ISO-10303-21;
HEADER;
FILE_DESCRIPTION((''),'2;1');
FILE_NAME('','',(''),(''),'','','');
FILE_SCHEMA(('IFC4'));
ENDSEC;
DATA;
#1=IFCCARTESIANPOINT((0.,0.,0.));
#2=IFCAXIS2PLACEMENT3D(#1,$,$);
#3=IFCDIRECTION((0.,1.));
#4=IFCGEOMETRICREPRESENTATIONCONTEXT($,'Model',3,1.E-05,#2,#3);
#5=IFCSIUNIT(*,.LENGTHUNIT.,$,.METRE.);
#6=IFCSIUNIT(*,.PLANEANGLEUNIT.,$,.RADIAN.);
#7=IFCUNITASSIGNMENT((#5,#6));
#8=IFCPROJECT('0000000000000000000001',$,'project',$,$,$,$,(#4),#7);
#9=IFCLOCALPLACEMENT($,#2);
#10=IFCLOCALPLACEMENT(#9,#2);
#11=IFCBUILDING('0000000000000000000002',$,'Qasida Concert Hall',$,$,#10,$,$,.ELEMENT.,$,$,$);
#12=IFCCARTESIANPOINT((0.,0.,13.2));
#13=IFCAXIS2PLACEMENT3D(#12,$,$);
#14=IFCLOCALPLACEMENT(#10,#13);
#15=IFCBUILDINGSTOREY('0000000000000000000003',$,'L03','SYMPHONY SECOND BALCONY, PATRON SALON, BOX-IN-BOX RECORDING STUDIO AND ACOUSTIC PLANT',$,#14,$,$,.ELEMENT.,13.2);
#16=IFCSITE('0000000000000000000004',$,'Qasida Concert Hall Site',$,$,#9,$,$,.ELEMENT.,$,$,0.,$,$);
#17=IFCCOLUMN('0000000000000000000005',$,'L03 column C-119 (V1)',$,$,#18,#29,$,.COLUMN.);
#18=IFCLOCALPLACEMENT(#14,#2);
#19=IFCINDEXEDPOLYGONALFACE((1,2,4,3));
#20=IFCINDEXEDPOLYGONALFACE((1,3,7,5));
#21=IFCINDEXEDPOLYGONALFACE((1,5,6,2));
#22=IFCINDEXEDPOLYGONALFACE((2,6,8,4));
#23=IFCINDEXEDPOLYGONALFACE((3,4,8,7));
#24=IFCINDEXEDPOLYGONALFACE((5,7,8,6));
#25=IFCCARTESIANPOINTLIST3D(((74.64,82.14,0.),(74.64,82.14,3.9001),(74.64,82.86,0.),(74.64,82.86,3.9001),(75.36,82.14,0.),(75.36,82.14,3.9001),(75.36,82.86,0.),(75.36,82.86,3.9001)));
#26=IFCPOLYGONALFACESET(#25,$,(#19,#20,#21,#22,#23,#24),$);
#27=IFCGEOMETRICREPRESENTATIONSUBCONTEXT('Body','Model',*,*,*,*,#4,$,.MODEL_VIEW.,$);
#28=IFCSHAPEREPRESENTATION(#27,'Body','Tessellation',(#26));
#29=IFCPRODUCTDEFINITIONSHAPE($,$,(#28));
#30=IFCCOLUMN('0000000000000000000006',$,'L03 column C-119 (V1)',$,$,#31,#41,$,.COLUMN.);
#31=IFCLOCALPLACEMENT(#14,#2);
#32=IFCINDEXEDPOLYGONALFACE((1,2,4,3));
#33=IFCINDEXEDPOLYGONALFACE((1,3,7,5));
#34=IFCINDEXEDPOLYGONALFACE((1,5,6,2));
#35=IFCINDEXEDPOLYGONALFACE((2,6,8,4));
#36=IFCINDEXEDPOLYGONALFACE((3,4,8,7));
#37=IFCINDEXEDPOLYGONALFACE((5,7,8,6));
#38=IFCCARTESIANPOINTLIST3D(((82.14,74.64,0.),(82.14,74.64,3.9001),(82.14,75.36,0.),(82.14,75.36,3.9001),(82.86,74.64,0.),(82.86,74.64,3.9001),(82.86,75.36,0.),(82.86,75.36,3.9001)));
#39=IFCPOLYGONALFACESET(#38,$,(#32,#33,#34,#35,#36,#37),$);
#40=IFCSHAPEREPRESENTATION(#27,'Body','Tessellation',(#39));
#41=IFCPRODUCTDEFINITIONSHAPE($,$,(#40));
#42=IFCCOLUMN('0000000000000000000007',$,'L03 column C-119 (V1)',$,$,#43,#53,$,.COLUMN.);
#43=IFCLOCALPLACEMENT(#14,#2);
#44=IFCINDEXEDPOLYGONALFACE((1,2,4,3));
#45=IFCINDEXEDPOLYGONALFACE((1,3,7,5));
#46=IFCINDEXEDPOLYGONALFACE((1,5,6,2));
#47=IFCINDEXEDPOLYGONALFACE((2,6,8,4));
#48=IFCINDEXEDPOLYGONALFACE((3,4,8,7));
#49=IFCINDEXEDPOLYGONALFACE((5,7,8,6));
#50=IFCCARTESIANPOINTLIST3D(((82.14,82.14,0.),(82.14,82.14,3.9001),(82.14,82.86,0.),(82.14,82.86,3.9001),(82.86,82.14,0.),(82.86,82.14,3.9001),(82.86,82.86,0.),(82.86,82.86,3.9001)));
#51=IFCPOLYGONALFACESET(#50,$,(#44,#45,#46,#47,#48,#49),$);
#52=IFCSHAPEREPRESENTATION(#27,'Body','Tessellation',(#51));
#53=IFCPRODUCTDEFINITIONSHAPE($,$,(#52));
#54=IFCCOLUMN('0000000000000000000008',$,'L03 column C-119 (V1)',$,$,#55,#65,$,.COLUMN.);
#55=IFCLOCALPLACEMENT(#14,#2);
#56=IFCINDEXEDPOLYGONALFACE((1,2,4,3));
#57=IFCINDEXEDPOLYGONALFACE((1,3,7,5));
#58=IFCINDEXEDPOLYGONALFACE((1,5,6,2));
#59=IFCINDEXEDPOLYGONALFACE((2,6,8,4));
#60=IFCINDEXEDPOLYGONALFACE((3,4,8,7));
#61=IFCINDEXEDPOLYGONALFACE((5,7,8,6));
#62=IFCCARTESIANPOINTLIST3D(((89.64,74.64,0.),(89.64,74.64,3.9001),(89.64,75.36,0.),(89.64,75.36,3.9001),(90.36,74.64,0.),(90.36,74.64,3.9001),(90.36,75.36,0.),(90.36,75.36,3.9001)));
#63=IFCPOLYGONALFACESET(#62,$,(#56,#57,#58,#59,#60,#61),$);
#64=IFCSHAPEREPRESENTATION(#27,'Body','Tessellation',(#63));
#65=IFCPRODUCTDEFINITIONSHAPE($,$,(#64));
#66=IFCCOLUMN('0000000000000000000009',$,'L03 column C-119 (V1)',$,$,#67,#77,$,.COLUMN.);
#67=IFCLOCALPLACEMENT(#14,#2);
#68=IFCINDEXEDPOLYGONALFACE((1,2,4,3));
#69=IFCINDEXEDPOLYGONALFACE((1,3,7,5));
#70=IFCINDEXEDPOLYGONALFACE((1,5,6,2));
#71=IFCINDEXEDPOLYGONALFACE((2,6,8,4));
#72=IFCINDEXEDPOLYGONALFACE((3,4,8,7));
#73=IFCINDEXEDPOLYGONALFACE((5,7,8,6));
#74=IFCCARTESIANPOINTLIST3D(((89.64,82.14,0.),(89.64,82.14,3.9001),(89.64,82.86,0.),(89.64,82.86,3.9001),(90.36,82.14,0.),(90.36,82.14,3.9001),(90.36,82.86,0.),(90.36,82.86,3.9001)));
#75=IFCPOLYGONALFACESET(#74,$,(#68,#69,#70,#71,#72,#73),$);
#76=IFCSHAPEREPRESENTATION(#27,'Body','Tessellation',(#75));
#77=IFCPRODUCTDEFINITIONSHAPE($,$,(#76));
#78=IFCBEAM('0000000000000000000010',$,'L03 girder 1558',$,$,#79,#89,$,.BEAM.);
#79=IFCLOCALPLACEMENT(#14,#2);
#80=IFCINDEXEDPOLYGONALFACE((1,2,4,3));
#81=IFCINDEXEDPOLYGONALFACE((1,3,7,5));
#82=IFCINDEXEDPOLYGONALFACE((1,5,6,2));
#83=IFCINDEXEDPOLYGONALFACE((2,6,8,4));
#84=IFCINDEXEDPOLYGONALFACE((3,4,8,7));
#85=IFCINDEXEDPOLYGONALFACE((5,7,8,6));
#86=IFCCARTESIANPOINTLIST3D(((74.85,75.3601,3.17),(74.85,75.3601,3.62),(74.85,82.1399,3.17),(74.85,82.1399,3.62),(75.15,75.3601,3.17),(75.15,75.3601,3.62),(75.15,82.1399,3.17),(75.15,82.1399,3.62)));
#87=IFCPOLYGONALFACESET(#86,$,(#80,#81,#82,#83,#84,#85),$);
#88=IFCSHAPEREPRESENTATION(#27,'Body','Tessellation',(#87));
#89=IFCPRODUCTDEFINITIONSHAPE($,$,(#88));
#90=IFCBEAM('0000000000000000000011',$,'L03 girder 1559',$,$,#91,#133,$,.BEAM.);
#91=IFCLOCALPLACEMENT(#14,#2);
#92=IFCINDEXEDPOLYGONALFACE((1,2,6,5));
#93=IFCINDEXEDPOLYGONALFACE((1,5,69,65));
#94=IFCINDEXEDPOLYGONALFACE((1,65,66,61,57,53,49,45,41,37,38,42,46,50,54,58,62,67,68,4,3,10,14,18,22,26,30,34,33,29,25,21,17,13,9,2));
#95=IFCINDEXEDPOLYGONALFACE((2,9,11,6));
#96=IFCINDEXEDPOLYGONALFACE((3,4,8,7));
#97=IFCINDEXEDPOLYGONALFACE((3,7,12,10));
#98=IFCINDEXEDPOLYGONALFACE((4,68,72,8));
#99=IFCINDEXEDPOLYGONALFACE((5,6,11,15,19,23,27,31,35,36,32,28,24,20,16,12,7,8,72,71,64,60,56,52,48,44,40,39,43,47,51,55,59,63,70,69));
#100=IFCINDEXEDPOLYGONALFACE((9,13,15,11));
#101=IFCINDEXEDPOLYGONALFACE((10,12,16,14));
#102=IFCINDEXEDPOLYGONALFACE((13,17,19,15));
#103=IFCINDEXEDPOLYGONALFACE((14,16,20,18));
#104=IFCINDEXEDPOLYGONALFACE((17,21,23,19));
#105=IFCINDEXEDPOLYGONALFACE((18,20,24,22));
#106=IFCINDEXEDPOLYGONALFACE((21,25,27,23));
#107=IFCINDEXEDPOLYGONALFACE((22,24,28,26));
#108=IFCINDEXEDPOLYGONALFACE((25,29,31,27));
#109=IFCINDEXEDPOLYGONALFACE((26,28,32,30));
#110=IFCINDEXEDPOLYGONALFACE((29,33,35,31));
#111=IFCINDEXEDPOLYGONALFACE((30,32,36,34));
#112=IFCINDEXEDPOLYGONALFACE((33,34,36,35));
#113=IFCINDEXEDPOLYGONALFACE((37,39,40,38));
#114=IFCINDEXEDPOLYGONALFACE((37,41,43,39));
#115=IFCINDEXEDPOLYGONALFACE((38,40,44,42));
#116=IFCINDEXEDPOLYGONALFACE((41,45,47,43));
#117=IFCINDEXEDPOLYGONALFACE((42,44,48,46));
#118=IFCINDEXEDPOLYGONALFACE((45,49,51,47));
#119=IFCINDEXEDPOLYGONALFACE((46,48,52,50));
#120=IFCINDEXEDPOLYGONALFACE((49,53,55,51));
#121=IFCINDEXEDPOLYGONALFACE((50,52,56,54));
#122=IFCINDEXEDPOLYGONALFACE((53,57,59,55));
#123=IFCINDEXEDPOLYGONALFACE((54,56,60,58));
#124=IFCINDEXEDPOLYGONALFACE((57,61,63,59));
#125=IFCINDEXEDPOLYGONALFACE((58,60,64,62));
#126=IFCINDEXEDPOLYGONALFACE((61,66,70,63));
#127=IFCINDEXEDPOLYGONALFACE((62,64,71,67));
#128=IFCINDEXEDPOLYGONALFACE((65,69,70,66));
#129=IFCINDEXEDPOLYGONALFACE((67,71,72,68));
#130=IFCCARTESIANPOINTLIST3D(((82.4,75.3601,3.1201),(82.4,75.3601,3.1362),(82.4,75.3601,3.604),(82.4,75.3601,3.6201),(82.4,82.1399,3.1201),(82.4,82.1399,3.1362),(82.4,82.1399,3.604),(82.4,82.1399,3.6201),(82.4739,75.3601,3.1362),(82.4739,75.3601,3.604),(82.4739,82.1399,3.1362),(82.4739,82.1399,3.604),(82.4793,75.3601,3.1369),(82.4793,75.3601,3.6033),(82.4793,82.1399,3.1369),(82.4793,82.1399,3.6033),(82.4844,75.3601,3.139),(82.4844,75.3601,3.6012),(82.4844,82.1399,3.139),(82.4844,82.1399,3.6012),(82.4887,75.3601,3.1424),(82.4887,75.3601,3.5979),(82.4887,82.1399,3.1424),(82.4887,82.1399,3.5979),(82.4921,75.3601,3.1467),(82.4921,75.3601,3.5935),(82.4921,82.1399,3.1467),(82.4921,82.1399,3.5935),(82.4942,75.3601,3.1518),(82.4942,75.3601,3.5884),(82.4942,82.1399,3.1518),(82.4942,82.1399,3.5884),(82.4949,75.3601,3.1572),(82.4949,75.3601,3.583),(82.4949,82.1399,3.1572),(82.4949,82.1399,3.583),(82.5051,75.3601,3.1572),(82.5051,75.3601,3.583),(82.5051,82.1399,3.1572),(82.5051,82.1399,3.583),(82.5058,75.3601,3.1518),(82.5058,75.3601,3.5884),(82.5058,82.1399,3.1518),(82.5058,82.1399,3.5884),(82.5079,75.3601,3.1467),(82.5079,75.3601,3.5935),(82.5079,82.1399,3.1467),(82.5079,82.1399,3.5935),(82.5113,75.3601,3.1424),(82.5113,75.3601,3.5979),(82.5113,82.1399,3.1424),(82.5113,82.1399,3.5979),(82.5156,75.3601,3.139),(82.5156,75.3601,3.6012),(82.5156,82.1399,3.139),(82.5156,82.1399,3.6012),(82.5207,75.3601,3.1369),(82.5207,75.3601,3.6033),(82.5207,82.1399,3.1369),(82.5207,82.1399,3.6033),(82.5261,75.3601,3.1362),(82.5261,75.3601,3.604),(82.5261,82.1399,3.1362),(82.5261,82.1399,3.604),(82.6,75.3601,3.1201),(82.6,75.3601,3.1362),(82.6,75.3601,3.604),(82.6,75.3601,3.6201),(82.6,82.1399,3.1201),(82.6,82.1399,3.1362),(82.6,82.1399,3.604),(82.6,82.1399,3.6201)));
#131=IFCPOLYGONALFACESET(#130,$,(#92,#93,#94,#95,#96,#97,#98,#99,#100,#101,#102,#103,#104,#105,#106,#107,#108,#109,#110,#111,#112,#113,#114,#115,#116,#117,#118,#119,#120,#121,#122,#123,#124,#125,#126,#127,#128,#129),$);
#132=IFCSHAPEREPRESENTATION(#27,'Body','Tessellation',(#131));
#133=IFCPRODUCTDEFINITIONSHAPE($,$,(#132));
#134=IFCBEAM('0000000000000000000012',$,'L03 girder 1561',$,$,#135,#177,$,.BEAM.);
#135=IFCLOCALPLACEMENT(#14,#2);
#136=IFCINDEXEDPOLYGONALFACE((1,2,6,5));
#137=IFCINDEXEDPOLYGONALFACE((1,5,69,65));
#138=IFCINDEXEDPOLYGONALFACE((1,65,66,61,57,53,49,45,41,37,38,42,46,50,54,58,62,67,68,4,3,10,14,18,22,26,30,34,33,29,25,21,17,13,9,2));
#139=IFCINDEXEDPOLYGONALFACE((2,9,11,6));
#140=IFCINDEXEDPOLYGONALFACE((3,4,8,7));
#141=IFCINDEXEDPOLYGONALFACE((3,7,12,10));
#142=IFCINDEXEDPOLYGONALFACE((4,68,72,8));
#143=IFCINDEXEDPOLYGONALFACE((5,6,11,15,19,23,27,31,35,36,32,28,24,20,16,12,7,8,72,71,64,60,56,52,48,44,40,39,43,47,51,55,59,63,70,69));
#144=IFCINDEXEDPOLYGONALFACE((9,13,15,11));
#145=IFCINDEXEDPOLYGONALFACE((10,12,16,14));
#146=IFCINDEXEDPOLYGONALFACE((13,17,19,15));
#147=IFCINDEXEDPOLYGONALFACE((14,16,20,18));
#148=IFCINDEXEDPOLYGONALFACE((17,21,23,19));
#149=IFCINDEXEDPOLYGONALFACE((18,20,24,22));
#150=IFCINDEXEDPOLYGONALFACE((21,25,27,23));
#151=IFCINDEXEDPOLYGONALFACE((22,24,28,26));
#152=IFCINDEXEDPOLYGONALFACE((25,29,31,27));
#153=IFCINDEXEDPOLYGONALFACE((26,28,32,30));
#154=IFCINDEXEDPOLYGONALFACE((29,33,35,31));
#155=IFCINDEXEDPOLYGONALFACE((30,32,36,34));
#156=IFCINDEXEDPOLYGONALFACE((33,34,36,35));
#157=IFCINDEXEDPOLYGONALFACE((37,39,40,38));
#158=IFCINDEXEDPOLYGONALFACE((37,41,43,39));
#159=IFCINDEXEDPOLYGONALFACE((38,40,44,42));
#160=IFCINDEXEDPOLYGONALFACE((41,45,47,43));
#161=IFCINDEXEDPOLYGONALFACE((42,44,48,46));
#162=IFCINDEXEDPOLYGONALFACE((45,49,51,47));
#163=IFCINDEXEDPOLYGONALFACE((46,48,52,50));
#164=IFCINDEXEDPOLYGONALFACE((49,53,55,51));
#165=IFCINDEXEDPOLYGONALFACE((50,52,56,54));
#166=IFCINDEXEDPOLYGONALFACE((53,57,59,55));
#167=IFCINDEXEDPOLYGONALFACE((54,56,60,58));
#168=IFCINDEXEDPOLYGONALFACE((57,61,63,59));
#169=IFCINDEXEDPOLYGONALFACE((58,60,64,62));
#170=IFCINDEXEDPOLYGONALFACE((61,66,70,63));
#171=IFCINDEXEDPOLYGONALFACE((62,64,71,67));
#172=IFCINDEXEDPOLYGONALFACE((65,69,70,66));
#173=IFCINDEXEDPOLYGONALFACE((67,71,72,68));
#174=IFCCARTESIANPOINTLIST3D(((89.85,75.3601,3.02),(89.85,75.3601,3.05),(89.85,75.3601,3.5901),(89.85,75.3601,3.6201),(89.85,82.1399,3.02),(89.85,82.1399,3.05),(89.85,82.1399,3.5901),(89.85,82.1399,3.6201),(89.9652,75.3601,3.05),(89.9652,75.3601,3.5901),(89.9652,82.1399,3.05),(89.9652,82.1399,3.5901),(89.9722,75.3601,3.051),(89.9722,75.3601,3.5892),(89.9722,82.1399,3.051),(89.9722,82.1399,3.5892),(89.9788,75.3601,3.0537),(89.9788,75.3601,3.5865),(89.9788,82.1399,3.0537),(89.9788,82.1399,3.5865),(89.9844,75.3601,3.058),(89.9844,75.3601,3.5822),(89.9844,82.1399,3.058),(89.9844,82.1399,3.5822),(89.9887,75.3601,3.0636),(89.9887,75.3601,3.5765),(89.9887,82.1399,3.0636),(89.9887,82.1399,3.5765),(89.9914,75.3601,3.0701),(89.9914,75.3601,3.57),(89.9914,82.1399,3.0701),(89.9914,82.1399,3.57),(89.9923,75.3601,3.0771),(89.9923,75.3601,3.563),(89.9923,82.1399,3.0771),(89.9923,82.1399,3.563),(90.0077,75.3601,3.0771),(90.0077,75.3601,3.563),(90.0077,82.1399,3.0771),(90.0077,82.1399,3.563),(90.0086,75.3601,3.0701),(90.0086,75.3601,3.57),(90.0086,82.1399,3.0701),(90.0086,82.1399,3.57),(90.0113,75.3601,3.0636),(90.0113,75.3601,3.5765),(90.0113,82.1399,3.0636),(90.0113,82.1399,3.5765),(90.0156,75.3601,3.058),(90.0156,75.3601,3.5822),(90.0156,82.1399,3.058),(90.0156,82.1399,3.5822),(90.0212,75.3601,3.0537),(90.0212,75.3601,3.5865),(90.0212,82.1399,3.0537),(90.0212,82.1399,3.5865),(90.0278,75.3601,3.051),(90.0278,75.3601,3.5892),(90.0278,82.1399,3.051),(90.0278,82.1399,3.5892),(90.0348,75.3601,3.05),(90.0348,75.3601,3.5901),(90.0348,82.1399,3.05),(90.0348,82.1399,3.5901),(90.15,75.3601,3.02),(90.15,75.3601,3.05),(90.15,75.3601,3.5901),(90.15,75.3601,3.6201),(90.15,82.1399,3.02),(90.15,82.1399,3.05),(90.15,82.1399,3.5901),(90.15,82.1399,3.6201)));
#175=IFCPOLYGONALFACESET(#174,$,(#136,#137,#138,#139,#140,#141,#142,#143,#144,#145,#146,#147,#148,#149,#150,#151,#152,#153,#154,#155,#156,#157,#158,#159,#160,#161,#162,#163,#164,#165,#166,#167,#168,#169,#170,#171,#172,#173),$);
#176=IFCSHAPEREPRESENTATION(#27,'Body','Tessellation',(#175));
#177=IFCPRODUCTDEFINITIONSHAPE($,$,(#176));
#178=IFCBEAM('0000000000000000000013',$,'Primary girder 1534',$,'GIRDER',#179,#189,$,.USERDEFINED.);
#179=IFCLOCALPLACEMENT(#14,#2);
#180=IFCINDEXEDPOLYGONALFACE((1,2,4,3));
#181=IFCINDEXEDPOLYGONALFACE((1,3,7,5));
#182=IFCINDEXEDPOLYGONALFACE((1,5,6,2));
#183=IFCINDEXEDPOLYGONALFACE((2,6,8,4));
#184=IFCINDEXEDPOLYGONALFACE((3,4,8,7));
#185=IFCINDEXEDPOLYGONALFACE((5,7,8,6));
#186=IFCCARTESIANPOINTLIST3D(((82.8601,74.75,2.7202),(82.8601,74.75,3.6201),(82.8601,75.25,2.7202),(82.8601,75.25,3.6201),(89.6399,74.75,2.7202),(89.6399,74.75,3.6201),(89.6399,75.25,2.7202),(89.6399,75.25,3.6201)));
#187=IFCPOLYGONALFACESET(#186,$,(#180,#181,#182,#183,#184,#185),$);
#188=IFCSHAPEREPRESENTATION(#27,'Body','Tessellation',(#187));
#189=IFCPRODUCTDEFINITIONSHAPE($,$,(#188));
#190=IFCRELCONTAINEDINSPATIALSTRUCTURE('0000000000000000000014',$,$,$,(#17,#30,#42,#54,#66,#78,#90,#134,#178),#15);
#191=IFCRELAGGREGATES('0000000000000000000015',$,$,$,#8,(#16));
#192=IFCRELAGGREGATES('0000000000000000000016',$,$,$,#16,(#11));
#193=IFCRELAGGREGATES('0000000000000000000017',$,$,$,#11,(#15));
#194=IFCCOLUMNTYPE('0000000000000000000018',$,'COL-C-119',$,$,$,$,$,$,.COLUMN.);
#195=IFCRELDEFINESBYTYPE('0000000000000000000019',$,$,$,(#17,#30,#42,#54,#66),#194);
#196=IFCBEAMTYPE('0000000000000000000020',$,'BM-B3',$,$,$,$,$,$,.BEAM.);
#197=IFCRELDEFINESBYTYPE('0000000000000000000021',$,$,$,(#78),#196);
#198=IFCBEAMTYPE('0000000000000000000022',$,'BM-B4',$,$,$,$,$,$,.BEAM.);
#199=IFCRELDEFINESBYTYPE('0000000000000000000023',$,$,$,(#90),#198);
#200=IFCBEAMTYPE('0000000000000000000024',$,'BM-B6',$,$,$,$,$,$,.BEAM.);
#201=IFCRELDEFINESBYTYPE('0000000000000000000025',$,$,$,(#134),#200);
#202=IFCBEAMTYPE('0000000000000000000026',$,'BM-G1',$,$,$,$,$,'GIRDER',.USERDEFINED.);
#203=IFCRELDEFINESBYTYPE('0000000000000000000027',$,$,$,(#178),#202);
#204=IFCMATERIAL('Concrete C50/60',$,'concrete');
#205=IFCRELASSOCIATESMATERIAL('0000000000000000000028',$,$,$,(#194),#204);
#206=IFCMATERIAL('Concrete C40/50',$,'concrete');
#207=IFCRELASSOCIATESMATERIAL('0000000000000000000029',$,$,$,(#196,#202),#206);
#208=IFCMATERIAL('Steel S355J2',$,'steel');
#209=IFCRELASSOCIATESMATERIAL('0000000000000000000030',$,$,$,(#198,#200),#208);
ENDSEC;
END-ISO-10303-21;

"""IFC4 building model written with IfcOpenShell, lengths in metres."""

from ifc_helpers import new_model, si_unit, direction, frame, origin, origin_2d, place, context, subcontext, project, spatial, rectangle, i_section, extrude, material, material_profile, profile_set, type_object, element, save


model = new_model("IFC4")

# Units and contexts
model_context = context("Model", 3, precision=1e-05, world=origin(), true_north=direction((0.0, 1.0)))
body_context = subcontext(model_context, "Body", "Model", "MODEL_VIEW")
ifc_project = project(units=[si_unit("LENGTHUNIT", "METRE"), si_unit("PLANEANGLEUNIT", "RADIAN")], contexts=[model_context])

# Site, building, storey
site_placement = place(None, origin())
site = spatial("IfcSite", under=ifc_project, at=site_placement, Name="Qasida Concert Hall Site", CompositionType="ELEMENT", RefElevation=0.0)
building_placement = place(site_placement, origin())
building = spatial("IfcBuilding", under=site, at=building_placement, Name="Qasida Concert Hall", CompositionType="ELEMENT")
storey_placement = place(building_placement, frame((0.0, 0.0, 13.2)))
storey = spatial("IfcBuildingStorey", under=building, at=storey_placement, Name="L03", Description="SYMPHONY SECOND BALCONY, PATRON SALON, BOX-IN-BOX RECORDING STUDIO AND ACOUSTIC PLANT", CompositionType="ELEMENT", Elevation=13.2)

# Columns
ifc_material_1 = material(Name="Concrete C50/60", Category="concrete")
ifc_material_profile_1 = material_profile(ifc_material_1, rectangle(XDim=0.72, YDim=0.72, at=origin_2d()), Name="RC 720x720")
ifc_profile_set_1 = profile_set([ifc_material_profile_1], Name="Concrete C50/60")
column_type = type_object("IfcColumnType", Name="COL-C-119", PredefinedType="COLUMN", material=ifc_profile_set_1)
for number, where, z_axis, x_axis, name in (
    (1, (75.0, 82.5, 0.0), (0.0, 0.0, 1.0), (1.0, 0.0, 0.0), "L03 column C-119 (V1)"),
    (2, (82.5, 75.0, 0.0), (0.0, 0.0, 1.0), (1.0, 0.0, 0.0), "L03 column C-119 (V1)"),
    (3, (82.5, 82.5, 0.0), (0.0, 0.0, 1.0), (1.0, 0.0, 0.0), "L03 column C-119 (V1)"),
    (4, (90.0, 75.0, 0.0), (0.0, 0.0, 1.0), (1.0, 0.0, 0.0), "L03 column C-119 (V1)"),
    (5, (90.0, 82.5, 0.0), (0.0, 0.0, 1.0), (1.0, 0.0, 0.0), "L03 column C-119 (V1)"),
):
    element("IfcColumn", number, at=place(storey_placement, frame(where, z_axis=z_axis, x_axis=x_axis)), inside=storey, type_object=column_type, Name=name, PredefinedType="COLUMN", context=body_context, shape_type="SweptSolid", body=[
        extrude(rectangle(XDim=0.72, YDim=0.72, at=origin_2d()), origin(), (0.0, 0.0, 1.0), 3.9001),
    ])

# Beams
ifc_material_2 = material(Name="Concrete C40/50", Category="concrete")
ifc_material_profile_2 = material_profile(ifc_material_2, rectangle(XDim=0.3, YDim=0.45, at=origin_2d()), Name="RC 300x450")
ifc_profile_set_2 = profile_set([ifc_material_profile_2], Name="Concrete C40/50")
beam_type_1 = type_object("IfcBeamType", Name="BM-B3", PredefinedType="BEAM", material=ifc_profile_set_2)
beam_1_placement = place(storey_placement, frame((75.0, 75.3601, 3.395), z_axis=(0.0, 1.0, 0.0), x_axis=(-1.0, 0.0, 0.0)))
element("IfcBeam", 6, at=beam_1_placement, inside=storey, type_object=beam_type_1, Name="L03 girder 1558", PredefinedType="BEAM", context=body_context, shape_type="SweptSolid", body=[
    extrude(rectangle(XDim=0.3, YDim=0.45, at=origin_2d()), origin(), (0.0, 0.0, 1.0), 6.7798),
])
ifc_material_3 = material(Name="Steel S355J2", Category="steel")
ifc_material_profile_3 = material_profile(ifc_material_3, i_section(OverallWidth=0.2, OverallDepth=0.5, WebThickness=0.0103, FlangeThickness=0.0161, FilletRadius=0.021, at=origin_2d()), Name="IPE 500")
ifc_profile_set_3 = profile_set([ifc_material_profile_3], Name="Steel S355J2")
beam_type_2 = type_object("IfcBeamType", Name="BM-B4", PredefinedType="BEAM", material=ifc_profile_set_3)
beam_2_placement = place(storey_placement, frame((82.5, 75.3601, 3.3701), z_axis=(0.0, 1.0, 0.0), x_axis=(-1.0, 0.0, 0.0)))
element("IfcBeam", 7, at=beam_2_placement, inside=storey, type_object=beam_type_2, Name="L03 girder 1559", PredefinedType="BEAM", context=body_context, shape_type="SweptSolid", body=[
    extrude(i_section(OverallWidth=0.2, OverallDepth=0.5, WebThickness=0.0103, FlangeThickness=0.0161, FilletRadius=0.021, at=origin_2d()), origin(), (0.0, 0.0, 1.0), 6.7798),
])
ifc_material_profile_4 = material_profile(ifc_material_3, i_section(OverallWidth=0.3, OverallDepth=0.6001, WebThickness=0.0154, FlangeThickness=0.03, FilletRadius=0.0271, at=origin_2d()), Name="HEB 600")
ifc_profile_set_4 = profile_set([ifc_material_profile_4], Name="Steel S355J2")
beam_type_3 = type_object("IfcBeamType", Name="BM-B6", PredefinedType="BEAM", material=ifc_profile_set_4)
beam_3_placement = place(storey_placement, frame((90.0, 75.3601, 3.3201), z_axis=(0.0, 1.0, 0.0), x_axis=(-1.0, 0.0, 0.0)))
element("IfcBeam", 8, at=beam_3_placement, inside=storey, type_object=beam_type_3, Name="L03 girder 1561", PredefinedType="BEAM", context=body_context, shape_type="SweptSolid", body=[
    extrude(i_section(OverallWidth=0.3, OverallDepth=0.6001, WebThickness=0.0154, FlangeThickness=0.03, FilletRadius=0.0271, at=origin_2d()), origin(), (0.0, 0.0, 1.0), 6.7798),
])
ifc_material_profile_5 = material_profile(ifc_material_2, rectangle(XDim=0.5, YDim=0.8999, at=origin_2d()), Name="RC 500x900")
ifc_profile_set_5 = profile_set([ifc_material_profile_5], Name="Concrete C40/50")
beam_type_4 = type_object("IfcBeamType", Name="BM-G1", ElementType="GIRDER", PredefinedType="USERDEFINED", material=ifc_profile_set_5)
beam_4_placement = place(storey_placement, frame((82.8601, 75.0, 3.1702), z_axis=(1.0, 0.0, 0.0), x_axis=(0.0, 1.0, 0.0)))
element("IfcBeam", 9, at=beam_4_placement, inside=storey, type_object=beam_type_4, Name="Primary girder 1534", ObjectType="GIRDER", PredefinedType="USERDEFINED", context=body_context, shape_type="SweptSolid", body=[
    extrude(rectangle(XDim=0.5, YDim=0.8999, at=origin_2d()), origin(), (0.0, 0.0, 1.0), 6.7798),
])

save(model, "model.ifc")
